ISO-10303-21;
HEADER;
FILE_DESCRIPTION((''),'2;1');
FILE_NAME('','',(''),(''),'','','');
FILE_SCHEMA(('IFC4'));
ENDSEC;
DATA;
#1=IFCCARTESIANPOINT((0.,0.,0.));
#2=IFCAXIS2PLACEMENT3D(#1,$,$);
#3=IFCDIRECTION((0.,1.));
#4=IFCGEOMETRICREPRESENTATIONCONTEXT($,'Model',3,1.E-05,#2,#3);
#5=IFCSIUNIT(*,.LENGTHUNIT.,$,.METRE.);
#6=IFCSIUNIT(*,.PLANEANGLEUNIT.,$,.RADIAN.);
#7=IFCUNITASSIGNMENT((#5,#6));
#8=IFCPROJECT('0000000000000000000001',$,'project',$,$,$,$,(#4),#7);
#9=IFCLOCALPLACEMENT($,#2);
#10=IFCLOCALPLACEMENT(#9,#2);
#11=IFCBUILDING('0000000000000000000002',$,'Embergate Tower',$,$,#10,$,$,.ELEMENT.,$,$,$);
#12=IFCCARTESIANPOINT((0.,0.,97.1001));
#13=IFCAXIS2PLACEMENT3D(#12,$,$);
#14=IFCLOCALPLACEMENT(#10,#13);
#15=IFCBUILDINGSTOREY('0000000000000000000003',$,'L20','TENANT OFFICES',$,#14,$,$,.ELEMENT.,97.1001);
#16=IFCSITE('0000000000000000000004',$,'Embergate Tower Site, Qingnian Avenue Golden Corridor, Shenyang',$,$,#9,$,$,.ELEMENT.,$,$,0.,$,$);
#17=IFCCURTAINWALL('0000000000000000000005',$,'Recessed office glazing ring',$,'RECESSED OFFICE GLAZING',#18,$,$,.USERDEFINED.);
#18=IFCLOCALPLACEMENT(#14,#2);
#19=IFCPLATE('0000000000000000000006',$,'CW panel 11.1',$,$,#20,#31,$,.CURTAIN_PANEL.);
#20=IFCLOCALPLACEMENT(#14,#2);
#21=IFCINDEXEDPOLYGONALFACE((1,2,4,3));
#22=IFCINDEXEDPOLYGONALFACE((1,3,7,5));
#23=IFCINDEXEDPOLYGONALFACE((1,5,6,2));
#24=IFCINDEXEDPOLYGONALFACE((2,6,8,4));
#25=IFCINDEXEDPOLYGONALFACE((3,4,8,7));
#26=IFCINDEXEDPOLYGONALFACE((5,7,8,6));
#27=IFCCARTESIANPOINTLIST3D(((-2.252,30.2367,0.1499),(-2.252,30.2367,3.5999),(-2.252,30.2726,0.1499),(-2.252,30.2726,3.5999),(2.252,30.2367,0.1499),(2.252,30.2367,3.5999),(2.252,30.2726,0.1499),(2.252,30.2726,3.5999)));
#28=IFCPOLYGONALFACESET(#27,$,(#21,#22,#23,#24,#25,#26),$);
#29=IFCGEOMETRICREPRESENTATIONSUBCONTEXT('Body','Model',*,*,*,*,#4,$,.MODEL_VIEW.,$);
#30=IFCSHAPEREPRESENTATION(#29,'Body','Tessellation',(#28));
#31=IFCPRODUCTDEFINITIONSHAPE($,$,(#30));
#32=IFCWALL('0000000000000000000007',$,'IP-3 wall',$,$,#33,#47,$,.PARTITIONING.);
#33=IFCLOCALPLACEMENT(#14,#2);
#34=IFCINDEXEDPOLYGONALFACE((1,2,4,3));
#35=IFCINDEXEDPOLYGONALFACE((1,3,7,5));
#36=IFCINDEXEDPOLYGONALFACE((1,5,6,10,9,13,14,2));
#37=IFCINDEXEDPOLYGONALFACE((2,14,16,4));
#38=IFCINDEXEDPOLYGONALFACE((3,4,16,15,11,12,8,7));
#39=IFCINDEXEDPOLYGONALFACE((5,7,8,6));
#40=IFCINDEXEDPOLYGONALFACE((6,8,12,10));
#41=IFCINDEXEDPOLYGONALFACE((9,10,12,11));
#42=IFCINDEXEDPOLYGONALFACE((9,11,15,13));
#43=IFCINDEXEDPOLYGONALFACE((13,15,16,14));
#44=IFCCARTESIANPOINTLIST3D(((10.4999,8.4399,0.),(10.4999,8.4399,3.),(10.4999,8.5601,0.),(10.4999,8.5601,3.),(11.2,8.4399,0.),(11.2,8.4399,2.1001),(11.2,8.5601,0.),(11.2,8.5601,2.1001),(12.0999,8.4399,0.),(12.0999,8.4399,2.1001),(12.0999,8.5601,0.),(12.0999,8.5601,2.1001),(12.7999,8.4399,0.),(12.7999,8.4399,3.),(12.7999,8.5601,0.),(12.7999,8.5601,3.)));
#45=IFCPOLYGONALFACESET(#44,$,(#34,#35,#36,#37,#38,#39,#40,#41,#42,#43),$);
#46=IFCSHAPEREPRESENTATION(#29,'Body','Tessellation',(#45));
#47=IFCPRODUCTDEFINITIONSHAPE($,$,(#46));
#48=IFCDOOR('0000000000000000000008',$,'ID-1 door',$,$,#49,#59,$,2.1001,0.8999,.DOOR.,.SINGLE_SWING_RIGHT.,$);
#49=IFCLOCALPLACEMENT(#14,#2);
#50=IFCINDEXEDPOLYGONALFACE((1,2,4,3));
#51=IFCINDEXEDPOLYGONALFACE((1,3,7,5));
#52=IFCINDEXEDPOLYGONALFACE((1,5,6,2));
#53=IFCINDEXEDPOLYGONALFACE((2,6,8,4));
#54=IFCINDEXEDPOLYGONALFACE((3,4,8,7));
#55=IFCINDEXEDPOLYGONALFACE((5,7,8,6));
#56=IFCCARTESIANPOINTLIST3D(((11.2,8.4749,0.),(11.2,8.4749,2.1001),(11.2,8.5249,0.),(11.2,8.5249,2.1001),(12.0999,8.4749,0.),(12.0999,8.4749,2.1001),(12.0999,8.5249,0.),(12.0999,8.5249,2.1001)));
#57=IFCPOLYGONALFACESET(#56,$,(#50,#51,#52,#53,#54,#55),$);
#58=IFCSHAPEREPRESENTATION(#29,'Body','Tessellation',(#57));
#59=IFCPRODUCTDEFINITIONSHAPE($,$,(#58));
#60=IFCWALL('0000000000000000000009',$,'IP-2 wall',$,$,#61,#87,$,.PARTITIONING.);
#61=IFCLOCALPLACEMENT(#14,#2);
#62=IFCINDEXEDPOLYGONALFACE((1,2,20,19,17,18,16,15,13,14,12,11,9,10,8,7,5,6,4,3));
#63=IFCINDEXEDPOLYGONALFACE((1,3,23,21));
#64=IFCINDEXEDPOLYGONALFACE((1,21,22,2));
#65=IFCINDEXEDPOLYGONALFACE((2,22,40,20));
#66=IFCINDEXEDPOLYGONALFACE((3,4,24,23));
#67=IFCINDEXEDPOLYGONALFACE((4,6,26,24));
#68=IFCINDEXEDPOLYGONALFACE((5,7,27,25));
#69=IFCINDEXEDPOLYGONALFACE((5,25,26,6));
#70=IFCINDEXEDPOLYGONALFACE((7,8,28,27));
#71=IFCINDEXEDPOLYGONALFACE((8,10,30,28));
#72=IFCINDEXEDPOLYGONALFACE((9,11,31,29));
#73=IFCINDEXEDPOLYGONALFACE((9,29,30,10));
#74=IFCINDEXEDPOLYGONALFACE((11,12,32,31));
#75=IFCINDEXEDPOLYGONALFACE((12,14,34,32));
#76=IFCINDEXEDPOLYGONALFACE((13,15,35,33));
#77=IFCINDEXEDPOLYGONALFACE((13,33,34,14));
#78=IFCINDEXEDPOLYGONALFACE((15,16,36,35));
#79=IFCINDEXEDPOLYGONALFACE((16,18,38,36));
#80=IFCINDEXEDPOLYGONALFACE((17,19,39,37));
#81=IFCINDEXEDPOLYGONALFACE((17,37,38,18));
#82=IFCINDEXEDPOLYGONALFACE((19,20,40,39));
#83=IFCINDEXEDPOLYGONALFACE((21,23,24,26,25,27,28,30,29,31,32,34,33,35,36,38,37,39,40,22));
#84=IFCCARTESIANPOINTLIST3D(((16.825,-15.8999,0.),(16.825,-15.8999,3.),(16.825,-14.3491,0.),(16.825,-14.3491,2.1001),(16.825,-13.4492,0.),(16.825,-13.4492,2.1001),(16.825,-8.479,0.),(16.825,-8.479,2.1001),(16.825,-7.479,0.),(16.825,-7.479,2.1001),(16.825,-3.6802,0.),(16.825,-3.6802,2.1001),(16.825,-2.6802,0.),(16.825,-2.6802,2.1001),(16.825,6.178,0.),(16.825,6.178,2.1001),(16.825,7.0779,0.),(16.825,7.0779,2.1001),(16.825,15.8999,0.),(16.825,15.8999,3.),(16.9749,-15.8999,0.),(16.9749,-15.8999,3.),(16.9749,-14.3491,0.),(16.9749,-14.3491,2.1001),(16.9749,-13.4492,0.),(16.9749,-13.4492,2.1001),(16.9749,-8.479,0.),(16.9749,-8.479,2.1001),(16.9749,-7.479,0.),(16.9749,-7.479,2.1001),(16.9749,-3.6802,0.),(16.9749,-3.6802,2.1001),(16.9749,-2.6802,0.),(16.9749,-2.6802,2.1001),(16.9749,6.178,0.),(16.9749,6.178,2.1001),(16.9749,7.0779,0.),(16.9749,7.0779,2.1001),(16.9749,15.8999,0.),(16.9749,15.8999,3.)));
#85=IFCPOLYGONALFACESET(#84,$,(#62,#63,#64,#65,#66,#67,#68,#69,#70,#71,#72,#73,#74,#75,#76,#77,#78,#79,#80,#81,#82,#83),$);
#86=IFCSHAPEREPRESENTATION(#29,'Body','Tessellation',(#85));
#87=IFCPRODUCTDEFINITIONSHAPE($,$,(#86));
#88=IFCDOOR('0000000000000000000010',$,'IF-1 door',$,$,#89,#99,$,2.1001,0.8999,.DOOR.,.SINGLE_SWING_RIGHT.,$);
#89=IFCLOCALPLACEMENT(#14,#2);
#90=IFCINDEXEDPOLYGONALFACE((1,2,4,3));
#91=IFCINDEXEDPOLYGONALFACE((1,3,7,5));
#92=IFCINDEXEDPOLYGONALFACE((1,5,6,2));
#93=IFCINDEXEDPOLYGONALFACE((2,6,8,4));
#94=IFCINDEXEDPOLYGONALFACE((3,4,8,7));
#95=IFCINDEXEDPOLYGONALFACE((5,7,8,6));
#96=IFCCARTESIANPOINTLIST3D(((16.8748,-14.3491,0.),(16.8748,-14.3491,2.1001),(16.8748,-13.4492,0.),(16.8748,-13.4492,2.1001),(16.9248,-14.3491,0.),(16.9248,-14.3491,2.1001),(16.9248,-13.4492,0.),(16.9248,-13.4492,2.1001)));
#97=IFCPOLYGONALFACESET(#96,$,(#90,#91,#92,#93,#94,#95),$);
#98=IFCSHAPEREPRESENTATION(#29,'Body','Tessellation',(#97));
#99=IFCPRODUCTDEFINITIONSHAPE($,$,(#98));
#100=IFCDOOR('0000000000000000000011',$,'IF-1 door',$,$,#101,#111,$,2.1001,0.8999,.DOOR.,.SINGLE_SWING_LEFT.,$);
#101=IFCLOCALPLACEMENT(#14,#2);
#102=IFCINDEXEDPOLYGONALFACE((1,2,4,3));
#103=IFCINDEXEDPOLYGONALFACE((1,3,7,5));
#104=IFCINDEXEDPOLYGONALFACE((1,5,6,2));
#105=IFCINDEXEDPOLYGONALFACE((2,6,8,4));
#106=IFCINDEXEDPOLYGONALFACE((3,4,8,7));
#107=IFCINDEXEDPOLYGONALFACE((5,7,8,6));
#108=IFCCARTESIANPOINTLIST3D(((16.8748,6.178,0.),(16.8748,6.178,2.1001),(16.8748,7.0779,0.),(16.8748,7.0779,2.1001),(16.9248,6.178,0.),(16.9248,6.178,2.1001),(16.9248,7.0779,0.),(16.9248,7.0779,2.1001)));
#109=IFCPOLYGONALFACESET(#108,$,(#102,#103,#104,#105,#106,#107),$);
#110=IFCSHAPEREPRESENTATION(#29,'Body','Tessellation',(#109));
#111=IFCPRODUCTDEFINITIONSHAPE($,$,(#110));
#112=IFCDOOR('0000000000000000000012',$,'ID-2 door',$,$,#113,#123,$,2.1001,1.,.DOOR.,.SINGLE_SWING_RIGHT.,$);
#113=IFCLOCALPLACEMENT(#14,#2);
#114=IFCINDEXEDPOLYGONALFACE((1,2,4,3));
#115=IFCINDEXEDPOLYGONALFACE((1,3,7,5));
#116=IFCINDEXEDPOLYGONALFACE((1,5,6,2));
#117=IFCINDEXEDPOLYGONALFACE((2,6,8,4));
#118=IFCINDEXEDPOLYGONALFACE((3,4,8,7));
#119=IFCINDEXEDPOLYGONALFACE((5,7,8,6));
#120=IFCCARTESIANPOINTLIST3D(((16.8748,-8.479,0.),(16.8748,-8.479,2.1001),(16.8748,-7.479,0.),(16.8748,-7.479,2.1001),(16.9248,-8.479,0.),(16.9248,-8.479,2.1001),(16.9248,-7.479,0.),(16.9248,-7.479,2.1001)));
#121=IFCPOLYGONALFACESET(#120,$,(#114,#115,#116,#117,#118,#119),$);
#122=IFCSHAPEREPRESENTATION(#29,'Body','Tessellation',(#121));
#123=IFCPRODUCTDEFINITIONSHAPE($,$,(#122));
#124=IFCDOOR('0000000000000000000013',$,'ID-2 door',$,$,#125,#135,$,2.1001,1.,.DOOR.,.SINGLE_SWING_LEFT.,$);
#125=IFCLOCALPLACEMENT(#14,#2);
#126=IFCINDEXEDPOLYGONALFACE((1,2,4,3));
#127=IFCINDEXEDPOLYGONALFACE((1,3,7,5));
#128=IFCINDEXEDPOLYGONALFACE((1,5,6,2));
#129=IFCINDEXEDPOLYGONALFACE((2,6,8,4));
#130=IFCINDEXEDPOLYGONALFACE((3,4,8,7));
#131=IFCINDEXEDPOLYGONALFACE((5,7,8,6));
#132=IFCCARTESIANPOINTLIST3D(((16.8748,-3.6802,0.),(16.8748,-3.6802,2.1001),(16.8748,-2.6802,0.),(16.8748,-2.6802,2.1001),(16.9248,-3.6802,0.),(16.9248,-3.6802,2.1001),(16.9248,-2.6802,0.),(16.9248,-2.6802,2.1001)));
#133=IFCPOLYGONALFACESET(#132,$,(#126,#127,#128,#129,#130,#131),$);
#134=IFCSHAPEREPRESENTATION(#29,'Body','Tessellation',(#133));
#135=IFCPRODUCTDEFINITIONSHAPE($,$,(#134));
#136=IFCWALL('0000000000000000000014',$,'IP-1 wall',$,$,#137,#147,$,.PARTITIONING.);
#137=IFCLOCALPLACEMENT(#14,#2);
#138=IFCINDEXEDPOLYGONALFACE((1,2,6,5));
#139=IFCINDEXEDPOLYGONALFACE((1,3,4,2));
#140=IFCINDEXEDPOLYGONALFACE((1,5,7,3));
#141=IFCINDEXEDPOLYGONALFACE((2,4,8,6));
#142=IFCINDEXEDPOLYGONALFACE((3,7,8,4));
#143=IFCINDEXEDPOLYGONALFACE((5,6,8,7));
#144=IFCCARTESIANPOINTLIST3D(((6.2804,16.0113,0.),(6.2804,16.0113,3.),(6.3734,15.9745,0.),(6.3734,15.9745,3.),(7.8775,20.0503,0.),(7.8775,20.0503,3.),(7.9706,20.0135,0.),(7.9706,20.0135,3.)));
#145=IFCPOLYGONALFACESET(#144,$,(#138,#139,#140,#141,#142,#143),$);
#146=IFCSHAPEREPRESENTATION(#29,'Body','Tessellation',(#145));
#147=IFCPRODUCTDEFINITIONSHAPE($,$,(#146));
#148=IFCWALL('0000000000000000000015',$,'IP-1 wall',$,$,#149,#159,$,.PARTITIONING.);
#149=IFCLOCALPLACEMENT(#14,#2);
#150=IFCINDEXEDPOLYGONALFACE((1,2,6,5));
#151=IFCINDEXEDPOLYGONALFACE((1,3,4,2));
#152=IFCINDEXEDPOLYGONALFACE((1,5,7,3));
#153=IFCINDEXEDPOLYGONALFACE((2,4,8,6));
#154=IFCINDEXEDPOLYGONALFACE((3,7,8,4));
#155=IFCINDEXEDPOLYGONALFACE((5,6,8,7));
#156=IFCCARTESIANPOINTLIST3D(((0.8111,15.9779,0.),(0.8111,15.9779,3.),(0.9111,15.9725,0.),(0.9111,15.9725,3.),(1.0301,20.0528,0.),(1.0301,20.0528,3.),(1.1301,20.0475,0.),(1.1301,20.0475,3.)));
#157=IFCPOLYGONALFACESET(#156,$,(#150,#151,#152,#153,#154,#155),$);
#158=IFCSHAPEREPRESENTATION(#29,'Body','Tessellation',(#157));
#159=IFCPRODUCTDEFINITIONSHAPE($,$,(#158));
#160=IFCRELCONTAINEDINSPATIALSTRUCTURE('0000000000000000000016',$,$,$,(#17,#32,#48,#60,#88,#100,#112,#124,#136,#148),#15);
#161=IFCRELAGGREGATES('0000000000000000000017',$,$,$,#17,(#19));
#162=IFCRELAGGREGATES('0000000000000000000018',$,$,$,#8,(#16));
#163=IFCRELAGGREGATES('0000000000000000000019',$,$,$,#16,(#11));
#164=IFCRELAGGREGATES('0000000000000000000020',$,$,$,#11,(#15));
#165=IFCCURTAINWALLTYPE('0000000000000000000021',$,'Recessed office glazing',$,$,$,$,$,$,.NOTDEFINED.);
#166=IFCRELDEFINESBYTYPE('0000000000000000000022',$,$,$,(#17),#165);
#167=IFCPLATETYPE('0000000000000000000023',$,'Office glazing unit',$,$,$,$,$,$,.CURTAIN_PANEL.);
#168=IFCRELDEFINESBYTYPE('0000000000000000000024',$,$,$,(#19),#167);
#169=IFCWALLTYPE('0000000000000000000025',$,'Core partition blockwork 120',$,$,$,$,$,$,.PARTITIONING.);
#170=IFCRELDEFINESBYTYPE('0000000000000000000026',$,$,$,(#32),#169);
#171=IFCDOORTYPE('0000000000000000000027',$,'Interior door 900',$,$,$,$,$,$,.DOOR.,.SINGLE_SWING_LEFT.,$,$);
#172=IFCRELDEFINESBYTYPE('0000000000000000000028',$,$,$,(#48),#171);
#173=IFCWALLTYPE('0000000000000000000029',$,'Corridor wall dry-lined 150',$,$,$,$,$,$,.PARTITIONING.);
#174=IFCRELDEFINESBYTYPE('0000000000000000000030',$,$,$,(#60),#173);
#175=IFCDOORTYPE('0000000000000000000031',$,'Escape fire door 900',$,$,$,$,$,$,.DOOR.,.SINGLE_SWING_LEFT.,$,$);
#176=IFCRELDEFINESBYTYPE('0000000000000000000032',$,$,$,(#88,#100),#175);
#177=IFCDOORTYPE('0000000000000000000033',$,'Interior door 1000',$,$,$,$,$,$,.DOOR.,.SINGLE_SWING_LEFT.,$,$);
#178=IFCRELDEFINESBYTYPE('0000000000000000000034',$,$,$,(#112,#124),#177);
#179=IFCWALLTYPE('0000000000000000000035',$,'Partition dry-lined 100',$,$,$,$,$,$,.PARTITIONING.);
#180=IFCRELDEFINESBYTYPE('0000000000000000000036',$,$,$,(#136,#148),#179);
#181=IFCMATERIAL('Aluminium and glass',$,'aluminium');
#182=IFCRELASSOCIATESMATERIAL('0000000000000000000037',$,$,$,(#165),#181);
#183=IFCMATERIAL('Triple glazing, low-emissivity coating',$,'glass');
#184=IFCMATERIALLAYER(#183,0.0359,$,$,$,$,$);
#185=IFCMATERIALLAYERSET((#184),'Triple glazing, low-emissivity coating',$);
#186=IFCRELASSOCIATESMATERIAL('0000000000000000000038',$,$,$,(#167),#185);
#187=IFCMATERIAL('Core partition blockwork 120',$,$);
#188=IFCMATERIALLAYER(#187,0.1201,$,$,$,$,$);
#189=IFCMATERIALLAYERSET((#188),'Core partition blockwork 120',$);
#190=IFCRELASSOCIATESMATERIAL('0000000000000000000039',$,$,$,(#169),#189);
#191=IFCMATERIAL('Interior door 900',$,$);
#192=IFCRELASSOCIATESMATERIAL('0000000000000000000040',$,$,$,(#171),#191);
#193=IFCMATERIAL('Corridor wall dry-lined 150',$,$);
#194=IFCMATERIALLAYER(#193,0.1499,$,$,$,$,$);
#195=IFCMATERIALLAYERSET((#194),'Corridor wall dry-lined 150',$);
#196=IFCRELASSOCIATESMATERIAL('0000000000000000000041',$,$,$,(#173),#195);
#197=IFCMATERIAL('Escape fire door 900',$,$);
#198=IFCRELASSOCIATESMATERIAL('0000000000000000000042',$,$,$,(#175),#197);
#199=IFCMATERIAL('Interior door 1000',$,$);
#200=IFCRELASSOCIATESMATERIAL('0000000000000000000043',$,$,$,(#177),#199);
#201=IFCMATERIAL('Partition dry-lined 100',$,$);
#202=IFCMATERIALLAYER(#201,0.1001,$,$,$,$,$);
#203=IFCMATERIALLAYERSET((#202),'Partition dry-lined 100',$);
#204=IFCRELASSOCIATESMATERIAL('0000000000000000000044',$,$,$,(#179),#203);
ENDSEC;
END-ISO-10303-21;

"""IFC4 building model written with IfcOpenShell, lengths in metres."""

from ifc_helpers import new_model, si_unit, direction, frame, frame_2d, origin, origin_2d, place, context, subcontext, project, spatial, rectangle, extrude, source, transform, mapped, material, layer, layer_set, type_object, element, fill, aggregate, save


model = new_model("IFC4")

# Units and contexts
model_context = context("Model", 3, precision=1e-05, world=origin(), true_north=direction((0.0, 1.0)))
body_context = subcontext(model_context, "Body", "Model", "MODEL_VIEW")
ifc_project = project(units=[si_unit("LENGTHUNIT", "METRE"), si_unit("PLANEANGLEUNIT", "RADIAN")], contexts=[model_context])

# Site, building, storey
site_placement = place(None, origin())
site = spatial("IfcSite", under=ifc_project, at=site_placement, Name="Embergate Tower Site, Qingnian Avenue Golden Corridor, Shenyang", CompositionType="ELEMENT", RefElevation=0.0)
building_placement = place(site_placement, origin())
building = spatial("IfcBuilding", under=site, at=building_placement, Name="Embergate Tower", CompositionType="ELEMENT")
storey_placement = place(building_placement, frame((0.0, 0.0, 97.1001)))
storey = spatial("IfcBuildingStorey", under=building, at=storey_placement, Name="L20", Description="TENANT OFFICES", CompositionType="ELEMENT", Elevation=97.1001)

# Curtain wall, plate
ifc_material_1 = material(Name="Aluminium and glass", Category="aluminium")
curtain_wall_type = type_object("IfcCurtainWallType", Name="Recessed office glazing", PredefinedType="NOTDEFINED", material=ifc_material_1)
curtain_wall_placement = place(storey_placement, origin())
curtain_wall = element("IfcCurtainWall", 1, at=curtain_wall_placement, inside=storey, type_object=curtain_wall_type, Name="Recessed office glazing ring", ObjectType="RECESSED OFFICE GLAZING", PredefinedType="USERDEFINED")
ifc_material_2 = material(Name="Triple glazing, low-emissivity coating", Category="glass")
ifc_layer_1 = layer(ifc_material_2, 0.0359)
ifc_layer_set_1 = layer_set([ifc_layer_1], Name="Triple glazing, low-emissivity coating")
plate_type = type_object("IfcPlateType", Name="Office glazing unit", PredefinedType="CURTAIN_PANEL", material=ifc_layer_set_1)
shared_shape_1 = source(origin(), body_context, "Body", "SweptSolid", [
    extrude(rectangle(XDim=4.5039, YDim=0.0359, at=origin_2d()), origin(), (0.0, 0.0, 1.0), 3.45),
])
plate_1_placement = place(storey_placement, frame((0.0, 30.2546, 0.1499), z_axis=(0.0, 0.0, 1.0), x_axis=(-1.0, 0.0, 0.0)))
plate_1 = element("IfcPlate", 2, at=plate_1_placement, type_object=plate_type, Name="CW panel 11.1", PredefinedType="CURTAIN_PANEL", context=body_context, shape_type="MappedRepresentation", body=[
    mapped(shared_shape_1, transform((0.0, 0.0, 0.0))),
])
aggregate(curtain_wall, [plate_1])

# Wall, opening, door
ifc_material_3 = material(Name="Core partition blockwork 120")
ifc_layer_2 = layer(ifc_material_3, 0.1201)
ifc_layer_set_2 = layer_set([ifc_layer_2], Name="Core partition blockwork 120")
wall_type_1 = type_object("IfcWallType", Name="Core partition blockwork 120", PredefinedType="PARTITIONING", material=ifc_layer_set_2)
shared_shape_2 = source(origin(), body_context, "Body", "SweptSolid", [
    extrude(rectangle(XDim=2.3, YDim=0.1201, at=frame_2d((1.1499, 0.0))), origin(), (0.0, 0.0, 1.0), 3.0),
])
wall_1_placement = place(storey_placement, frame((10.5, 8.5, 0.0), z_axis=(0.0, 0.0, 1.0), x_axis=(1.0, 0.0, 0.0)))
wall_1 = element("IfcWall", 3, at=wall_1_placement, inside=storey, type_object=wall_type_1, Name="IP-3 wall", PredefinedType="PARTITIONING", context=body_context, shape_type="MappedRepresentation", body=[
    mapped(shared_shape_2, transform((0.0, 0.0, 0.0))),
])
shared_shape_3 = source(origin(), body_context, "Body", "SweptSolid", [
    extrude(rectangle(XDim=0.8999, YDim=2.1001, at=frame_2d((0.45, 1.05))), frame((0.0, 0.0701, 0.0), z_axis=(0.0, -1.0, 0.0), x_axis=(1.0, 0.0, 0.0)), (0.0, 0.0, 1.0), 0.1401),
])
opening_1_placement = place(wall_1_placement, frame((0.7, 0.0, 0.0)))
opening_1 = element("IfcOpeningElement", 4, at=opening_1_placement, cuts=wall_1, PredefinedType="OPENING", context=body_context, shape_type="MappedRepresentation", body=[
    mapped(shared_shape_3, transform((0.0, 0.0, 0.0))),
])
ifc_material_4 = material(Name="Interior door 900")
door_type_1 = type_object("IfcDoorType", Name="Interior door 900", OperationType="SINGLE_SWING_LEFT", PredefinedType="DOOR", material=ifc_material_4)
shared_shape_4 = source(origin(), body_context, "Body", "SweptSolid", [
    extrude(rectangle(XDim=0.8999, YDim=2.1001, at=frame_2d((0.45, 1.05))), frame((0.0, 0.0249, 0.0), z_axis=(0.0, -1.0, 0.0), x_axis=(1.0, 0.0, 0.0)), (0.0, 0.0, 1.0), 0.05),
])
door_1_placement = place(opening_1_placement, origin())
door_1 = element("IfcDoor", 5, at=door_1_placement, inside=storey, type_object=door_type_1, Name="ID-1 door", OperationType="SINGLE_SWING_RIGHT", OverallHeight=2.1001, OverallWidth=0.8999, PredefinedType="DOOR", context=body_context, shape_type="MappedRepresentation", body=[
    mapped(shared_shape_4, transform((0.0, 0.0, 0.0))),
])
fill(opening_1, door_1)

# Wall, openings, doors
ifc_material_5 = material(Name="Corridor wall dry-lined 150")
ifc_layer_3 = layer(ifc_material_5, 0.1499)
ifc_layer_set_3 = layer_set([ifc_layer_3], Name="Corridor wall dry-lined 150")
wall_type_2 = type_object("IfcWallType", Name="Corridor wall dry-lined 150", PredefinedType="PARTITIONING", material=ifc_layer_set_3)
shared_shape_5 = source(origin(), body_context, "Body", "SweptSolid", [
    extrude(rectangle(XDim=31.7998, YDim=0.1499, at=frame_2d((15.8999, 0.0))), origin(), (0.0, 0.0, 1.0), 3.0),
])
wall_2_placement = place(storey_placement, frame((16.8999, 15.8999, 0.0), z_axis=(0.0, 0.0, 1.0), x_axis=(0.0, -1.0, 0.0)))
wall_2 = element("IfcWall", 6, at=wall_2_placement, inside=storey, type_object=wall_type_2, Name="IP-2 wall", PredefinedType="PARTITIONING", context=body_context, shape_type="MappedRepresentation", body=[
    mapped(shared_shape_5, transform((0.0, 0.0, 0.0))),
])
shared_shape_6 = source(origin(), body_context, "Body", "SweptSolid", [
    extrude(rectangle(XDim=0.8999, YDim=2.1001, at=frame_2d((0.45, 1.05))), frame((0.0, 0.085, 0.0), z_axis=(0.0, -1.0, 0.0), x_axis=(1.0, 0.0, 0.0)), (0.0, 0.0, 1.0), 0.1699),
])
opening_2_placement = place(wall_2_placement, frame((29.3491, 0.0, 0.0)))
opening_2 = element("IfcOpeningElement", 7, at=opening_2_placement, cuts=wall_2, PredefinedType="OPENING", context=body_context, shape_type="MappedRepresentation", body=[
    mapped(shared_shape_6, transform((0.0, 0.0, 0.0))),
])
shared_shape_7 = source(origin(), body_context, "Body", "SweptSolid", [
    extrude(rectangle(XDim=1.0, YDim=2.1001, at=frame_2d((0.5, 1.05))), frame((0.0, 0.085, 0.0), z_axis=(0.0, -1.0, 0.0), x_axis=(1.0, 0.0, 0.0)), (0.0, 0.0, 1.0), 0.1699),
])
opening_3_placement = place(wall_2_placement, frame((23.3789, 0.0, 0.0)))
opening_3 = element("IfcOpeningElement", 8, at=opening_3_placement, cuts=wall_2, PredefinedType="OPENING", context=body_context, shape_type="MappedRepresentation", body=[
    mapped(shared_shape_7, transform((0.0, 0.0, 0.0))),
])
opening_4_placement = place(wall_2_placement, frame((18.5801, 0.0, 0.0)))
opening_4 = element("IfcOpeningElement", 9, at=opening_4_placement, cuts=wall_2, PredefinedType="OPENING", context=body_context, shape_type="MappedRepresentation", body=[
    mapped(shared_shape_7, transform((0.0, 0.0, 0.0))),
])
opening_5_placement = place(wall_2_placement, frame((8.822, 0.0, 0.0)))
opening_5 = element("IfcOpeningElement", 10, at=opening_5_placement, cuts=wall_2, PredefinedType="OPENING", context=body_context, shape_type="MappedRepresentation", body=[
    mapped(shared_shape_6, transform((0.0, 0.0, 0.0))),
])
ifc_material_6 = material(Name="Escape fire door 900")
door_type_2 = type_object("IfcDoorType", Name="Escape fire door 900", OperationType="SINGLE_SWING_LEFT", PredefinedType="DOOR", material=ifc_material_6)
door_2_placement = place(opening_2_placement, origin())
door_2 = element("IfcDoor", 11, at=door_2_placement, inside=storey, type_object=door_type_2, Name="IF-1 door", OperationType="SINGLE_SWING_RIGHT", OverallHeight=2.1001, OverallWidth=0.8999, PredefinedType="DOOR", context=body_context, shape_type="MappedRepresentation", body=[
    mapped(shared_shape_4, transform((0.0, 0.0, 0.0))),
])
fill(opening_2, door_2)
door_3_placement = place(opening_5_placement, origin())
door_3 = element("IfcDoor", 12, at=door_3_placement, inside=storey, type_object=door_type_2, Name="IF-1 door", OperationType="SINGLE_SWING_LEFT", OverallHeight=2.1001, OverallWidth=0.8999, PredefinedType="DOOR", context=body_context, shape_type="MappedRepresentation", body=[
    mapped(shared_shape_4, transform((0.0, 0.0, 0.0))),
])
fill(opening_5, door_3)
ifc_material_7 = material(Name="Interior door 1000")
door_type_3 = type_object("IfcDoorType", Name="Interior door 1000", OperationType="SINGLE_SWING_LEFT", PredefinedType="DOOR", material=ifc_material_7)
shared_shape_8 = source(origin(), body_context, "Body", "SweptSolid", [
    extrude(rectangle(XDim=1.0, YDim=2.1001, at=frame_2d((0.5, 1.05))), frame((0.0, 0.0249, 0.0), z_axis=(0.0, -1.0, 0.0), x_axis=(1.0, 0.0, 0.0)), (0.0, 0.0, 1.0), 0.05),
])
door_4_placement = place(opening_3_placement, origin())
door_4 = element("IfcDoor", 13, at=door_4_placement, inside=storey, type_object=door_type_3, Name="ID-2 door", OperationType="SINGLE_SWING_RIGHT", OverallHeight=2.1001, OverallWidth=1.0, PredefinedType="DOOR", context=body_context, shape_type="MappedRepresentation", body=[
    mapped(shared_shape_8, transform((0.0, 0.0, 0.0))),
])
fill(opening_3, door_4)
door_5_placement = place(opening_4_placement, origin())
door_5 = element("IfcDoor", 14, at=door_5_placement, inside=storey, type_object=door_type_3, Name="ID-2 door", OperationType="SINGLE_SWING_LEFT", OverallHeight=2.1001, OverallWidth=1.0, PredefinedType="DOOR", context=body_context, shape_type="MappedRepresentation", body=[
    mapped(shared_shape_8, transform((0.0, 0.0, 0.0))),
])
fill(opening_4, door_5)

# Walls
ifc_material_8 = material(Name="Partition dry-lined 100")
ifc_layer_4 = layer(ifc_material_8, 0.1001)
ifc_layer_set_4 = layer_set([ifc_layer_4], Name="Partition dry-lined 100")
wall_type_3 = type_object("IfcWallType", Name="Partition dry-lined 100", PredefinedType="PARTITIONING", material=ifc_layer_set_4)
shared_shape_9 = source(origin(), body_context, "Body", "SweptSolid", [
    extrude(rectangle(XDim=4.3433, YDim=0.1001, at=frame_2d((2.1716, 0.0))), origin(), (0.0, 0.0, 1.0), 3.0),
])
wall_3_placement = place(storey_placement, frame((6.3269, 15.9929, 0.0), z_axis=(0.0, 0.0, 1.0), x_axis=(0.367724, 0.929935, 0.0)))
element("IfcWall", 15, at=wall_3_placement, inside=storey, type_object=wall_type_3, Name="IP-1 wall", PredefinedType="PARTITIONING", context=body_context, shape_type="MappedRepresentation", body=[
    mapped(shared_shape_9, transform((0.0, 0.0, 0.0))),
])
shared_shape_10 = source(origin(), body_context, "Body", "SweptSolid", [
    extrude(rectangle(XDim=4.0808, YDim=0.1001, at=frame_2d((2.0405, 0.0))), origin(), (0.0, 0.0, 1.0), 3.0),
])
wall_4_placement = place(storey_placement, frame((0.8611, 15.9751, 0.0), z_axis=(0.0, 0.0, 1.0), x_axis=(0.053664, 0.998559, 0.0)))
element("IfcWall", 16, at=wall_4_placement, inside=storey, type_object=wall_type_3, Name="IP-1 wall", PredefinedType="PARTITIONING", context=body_context, shape_type="MappedRepresentation", body=[
    mapped(shared_shape_10, transform((0.0, 0.0, 0.0))),
])

save(model, "model.ifc")
